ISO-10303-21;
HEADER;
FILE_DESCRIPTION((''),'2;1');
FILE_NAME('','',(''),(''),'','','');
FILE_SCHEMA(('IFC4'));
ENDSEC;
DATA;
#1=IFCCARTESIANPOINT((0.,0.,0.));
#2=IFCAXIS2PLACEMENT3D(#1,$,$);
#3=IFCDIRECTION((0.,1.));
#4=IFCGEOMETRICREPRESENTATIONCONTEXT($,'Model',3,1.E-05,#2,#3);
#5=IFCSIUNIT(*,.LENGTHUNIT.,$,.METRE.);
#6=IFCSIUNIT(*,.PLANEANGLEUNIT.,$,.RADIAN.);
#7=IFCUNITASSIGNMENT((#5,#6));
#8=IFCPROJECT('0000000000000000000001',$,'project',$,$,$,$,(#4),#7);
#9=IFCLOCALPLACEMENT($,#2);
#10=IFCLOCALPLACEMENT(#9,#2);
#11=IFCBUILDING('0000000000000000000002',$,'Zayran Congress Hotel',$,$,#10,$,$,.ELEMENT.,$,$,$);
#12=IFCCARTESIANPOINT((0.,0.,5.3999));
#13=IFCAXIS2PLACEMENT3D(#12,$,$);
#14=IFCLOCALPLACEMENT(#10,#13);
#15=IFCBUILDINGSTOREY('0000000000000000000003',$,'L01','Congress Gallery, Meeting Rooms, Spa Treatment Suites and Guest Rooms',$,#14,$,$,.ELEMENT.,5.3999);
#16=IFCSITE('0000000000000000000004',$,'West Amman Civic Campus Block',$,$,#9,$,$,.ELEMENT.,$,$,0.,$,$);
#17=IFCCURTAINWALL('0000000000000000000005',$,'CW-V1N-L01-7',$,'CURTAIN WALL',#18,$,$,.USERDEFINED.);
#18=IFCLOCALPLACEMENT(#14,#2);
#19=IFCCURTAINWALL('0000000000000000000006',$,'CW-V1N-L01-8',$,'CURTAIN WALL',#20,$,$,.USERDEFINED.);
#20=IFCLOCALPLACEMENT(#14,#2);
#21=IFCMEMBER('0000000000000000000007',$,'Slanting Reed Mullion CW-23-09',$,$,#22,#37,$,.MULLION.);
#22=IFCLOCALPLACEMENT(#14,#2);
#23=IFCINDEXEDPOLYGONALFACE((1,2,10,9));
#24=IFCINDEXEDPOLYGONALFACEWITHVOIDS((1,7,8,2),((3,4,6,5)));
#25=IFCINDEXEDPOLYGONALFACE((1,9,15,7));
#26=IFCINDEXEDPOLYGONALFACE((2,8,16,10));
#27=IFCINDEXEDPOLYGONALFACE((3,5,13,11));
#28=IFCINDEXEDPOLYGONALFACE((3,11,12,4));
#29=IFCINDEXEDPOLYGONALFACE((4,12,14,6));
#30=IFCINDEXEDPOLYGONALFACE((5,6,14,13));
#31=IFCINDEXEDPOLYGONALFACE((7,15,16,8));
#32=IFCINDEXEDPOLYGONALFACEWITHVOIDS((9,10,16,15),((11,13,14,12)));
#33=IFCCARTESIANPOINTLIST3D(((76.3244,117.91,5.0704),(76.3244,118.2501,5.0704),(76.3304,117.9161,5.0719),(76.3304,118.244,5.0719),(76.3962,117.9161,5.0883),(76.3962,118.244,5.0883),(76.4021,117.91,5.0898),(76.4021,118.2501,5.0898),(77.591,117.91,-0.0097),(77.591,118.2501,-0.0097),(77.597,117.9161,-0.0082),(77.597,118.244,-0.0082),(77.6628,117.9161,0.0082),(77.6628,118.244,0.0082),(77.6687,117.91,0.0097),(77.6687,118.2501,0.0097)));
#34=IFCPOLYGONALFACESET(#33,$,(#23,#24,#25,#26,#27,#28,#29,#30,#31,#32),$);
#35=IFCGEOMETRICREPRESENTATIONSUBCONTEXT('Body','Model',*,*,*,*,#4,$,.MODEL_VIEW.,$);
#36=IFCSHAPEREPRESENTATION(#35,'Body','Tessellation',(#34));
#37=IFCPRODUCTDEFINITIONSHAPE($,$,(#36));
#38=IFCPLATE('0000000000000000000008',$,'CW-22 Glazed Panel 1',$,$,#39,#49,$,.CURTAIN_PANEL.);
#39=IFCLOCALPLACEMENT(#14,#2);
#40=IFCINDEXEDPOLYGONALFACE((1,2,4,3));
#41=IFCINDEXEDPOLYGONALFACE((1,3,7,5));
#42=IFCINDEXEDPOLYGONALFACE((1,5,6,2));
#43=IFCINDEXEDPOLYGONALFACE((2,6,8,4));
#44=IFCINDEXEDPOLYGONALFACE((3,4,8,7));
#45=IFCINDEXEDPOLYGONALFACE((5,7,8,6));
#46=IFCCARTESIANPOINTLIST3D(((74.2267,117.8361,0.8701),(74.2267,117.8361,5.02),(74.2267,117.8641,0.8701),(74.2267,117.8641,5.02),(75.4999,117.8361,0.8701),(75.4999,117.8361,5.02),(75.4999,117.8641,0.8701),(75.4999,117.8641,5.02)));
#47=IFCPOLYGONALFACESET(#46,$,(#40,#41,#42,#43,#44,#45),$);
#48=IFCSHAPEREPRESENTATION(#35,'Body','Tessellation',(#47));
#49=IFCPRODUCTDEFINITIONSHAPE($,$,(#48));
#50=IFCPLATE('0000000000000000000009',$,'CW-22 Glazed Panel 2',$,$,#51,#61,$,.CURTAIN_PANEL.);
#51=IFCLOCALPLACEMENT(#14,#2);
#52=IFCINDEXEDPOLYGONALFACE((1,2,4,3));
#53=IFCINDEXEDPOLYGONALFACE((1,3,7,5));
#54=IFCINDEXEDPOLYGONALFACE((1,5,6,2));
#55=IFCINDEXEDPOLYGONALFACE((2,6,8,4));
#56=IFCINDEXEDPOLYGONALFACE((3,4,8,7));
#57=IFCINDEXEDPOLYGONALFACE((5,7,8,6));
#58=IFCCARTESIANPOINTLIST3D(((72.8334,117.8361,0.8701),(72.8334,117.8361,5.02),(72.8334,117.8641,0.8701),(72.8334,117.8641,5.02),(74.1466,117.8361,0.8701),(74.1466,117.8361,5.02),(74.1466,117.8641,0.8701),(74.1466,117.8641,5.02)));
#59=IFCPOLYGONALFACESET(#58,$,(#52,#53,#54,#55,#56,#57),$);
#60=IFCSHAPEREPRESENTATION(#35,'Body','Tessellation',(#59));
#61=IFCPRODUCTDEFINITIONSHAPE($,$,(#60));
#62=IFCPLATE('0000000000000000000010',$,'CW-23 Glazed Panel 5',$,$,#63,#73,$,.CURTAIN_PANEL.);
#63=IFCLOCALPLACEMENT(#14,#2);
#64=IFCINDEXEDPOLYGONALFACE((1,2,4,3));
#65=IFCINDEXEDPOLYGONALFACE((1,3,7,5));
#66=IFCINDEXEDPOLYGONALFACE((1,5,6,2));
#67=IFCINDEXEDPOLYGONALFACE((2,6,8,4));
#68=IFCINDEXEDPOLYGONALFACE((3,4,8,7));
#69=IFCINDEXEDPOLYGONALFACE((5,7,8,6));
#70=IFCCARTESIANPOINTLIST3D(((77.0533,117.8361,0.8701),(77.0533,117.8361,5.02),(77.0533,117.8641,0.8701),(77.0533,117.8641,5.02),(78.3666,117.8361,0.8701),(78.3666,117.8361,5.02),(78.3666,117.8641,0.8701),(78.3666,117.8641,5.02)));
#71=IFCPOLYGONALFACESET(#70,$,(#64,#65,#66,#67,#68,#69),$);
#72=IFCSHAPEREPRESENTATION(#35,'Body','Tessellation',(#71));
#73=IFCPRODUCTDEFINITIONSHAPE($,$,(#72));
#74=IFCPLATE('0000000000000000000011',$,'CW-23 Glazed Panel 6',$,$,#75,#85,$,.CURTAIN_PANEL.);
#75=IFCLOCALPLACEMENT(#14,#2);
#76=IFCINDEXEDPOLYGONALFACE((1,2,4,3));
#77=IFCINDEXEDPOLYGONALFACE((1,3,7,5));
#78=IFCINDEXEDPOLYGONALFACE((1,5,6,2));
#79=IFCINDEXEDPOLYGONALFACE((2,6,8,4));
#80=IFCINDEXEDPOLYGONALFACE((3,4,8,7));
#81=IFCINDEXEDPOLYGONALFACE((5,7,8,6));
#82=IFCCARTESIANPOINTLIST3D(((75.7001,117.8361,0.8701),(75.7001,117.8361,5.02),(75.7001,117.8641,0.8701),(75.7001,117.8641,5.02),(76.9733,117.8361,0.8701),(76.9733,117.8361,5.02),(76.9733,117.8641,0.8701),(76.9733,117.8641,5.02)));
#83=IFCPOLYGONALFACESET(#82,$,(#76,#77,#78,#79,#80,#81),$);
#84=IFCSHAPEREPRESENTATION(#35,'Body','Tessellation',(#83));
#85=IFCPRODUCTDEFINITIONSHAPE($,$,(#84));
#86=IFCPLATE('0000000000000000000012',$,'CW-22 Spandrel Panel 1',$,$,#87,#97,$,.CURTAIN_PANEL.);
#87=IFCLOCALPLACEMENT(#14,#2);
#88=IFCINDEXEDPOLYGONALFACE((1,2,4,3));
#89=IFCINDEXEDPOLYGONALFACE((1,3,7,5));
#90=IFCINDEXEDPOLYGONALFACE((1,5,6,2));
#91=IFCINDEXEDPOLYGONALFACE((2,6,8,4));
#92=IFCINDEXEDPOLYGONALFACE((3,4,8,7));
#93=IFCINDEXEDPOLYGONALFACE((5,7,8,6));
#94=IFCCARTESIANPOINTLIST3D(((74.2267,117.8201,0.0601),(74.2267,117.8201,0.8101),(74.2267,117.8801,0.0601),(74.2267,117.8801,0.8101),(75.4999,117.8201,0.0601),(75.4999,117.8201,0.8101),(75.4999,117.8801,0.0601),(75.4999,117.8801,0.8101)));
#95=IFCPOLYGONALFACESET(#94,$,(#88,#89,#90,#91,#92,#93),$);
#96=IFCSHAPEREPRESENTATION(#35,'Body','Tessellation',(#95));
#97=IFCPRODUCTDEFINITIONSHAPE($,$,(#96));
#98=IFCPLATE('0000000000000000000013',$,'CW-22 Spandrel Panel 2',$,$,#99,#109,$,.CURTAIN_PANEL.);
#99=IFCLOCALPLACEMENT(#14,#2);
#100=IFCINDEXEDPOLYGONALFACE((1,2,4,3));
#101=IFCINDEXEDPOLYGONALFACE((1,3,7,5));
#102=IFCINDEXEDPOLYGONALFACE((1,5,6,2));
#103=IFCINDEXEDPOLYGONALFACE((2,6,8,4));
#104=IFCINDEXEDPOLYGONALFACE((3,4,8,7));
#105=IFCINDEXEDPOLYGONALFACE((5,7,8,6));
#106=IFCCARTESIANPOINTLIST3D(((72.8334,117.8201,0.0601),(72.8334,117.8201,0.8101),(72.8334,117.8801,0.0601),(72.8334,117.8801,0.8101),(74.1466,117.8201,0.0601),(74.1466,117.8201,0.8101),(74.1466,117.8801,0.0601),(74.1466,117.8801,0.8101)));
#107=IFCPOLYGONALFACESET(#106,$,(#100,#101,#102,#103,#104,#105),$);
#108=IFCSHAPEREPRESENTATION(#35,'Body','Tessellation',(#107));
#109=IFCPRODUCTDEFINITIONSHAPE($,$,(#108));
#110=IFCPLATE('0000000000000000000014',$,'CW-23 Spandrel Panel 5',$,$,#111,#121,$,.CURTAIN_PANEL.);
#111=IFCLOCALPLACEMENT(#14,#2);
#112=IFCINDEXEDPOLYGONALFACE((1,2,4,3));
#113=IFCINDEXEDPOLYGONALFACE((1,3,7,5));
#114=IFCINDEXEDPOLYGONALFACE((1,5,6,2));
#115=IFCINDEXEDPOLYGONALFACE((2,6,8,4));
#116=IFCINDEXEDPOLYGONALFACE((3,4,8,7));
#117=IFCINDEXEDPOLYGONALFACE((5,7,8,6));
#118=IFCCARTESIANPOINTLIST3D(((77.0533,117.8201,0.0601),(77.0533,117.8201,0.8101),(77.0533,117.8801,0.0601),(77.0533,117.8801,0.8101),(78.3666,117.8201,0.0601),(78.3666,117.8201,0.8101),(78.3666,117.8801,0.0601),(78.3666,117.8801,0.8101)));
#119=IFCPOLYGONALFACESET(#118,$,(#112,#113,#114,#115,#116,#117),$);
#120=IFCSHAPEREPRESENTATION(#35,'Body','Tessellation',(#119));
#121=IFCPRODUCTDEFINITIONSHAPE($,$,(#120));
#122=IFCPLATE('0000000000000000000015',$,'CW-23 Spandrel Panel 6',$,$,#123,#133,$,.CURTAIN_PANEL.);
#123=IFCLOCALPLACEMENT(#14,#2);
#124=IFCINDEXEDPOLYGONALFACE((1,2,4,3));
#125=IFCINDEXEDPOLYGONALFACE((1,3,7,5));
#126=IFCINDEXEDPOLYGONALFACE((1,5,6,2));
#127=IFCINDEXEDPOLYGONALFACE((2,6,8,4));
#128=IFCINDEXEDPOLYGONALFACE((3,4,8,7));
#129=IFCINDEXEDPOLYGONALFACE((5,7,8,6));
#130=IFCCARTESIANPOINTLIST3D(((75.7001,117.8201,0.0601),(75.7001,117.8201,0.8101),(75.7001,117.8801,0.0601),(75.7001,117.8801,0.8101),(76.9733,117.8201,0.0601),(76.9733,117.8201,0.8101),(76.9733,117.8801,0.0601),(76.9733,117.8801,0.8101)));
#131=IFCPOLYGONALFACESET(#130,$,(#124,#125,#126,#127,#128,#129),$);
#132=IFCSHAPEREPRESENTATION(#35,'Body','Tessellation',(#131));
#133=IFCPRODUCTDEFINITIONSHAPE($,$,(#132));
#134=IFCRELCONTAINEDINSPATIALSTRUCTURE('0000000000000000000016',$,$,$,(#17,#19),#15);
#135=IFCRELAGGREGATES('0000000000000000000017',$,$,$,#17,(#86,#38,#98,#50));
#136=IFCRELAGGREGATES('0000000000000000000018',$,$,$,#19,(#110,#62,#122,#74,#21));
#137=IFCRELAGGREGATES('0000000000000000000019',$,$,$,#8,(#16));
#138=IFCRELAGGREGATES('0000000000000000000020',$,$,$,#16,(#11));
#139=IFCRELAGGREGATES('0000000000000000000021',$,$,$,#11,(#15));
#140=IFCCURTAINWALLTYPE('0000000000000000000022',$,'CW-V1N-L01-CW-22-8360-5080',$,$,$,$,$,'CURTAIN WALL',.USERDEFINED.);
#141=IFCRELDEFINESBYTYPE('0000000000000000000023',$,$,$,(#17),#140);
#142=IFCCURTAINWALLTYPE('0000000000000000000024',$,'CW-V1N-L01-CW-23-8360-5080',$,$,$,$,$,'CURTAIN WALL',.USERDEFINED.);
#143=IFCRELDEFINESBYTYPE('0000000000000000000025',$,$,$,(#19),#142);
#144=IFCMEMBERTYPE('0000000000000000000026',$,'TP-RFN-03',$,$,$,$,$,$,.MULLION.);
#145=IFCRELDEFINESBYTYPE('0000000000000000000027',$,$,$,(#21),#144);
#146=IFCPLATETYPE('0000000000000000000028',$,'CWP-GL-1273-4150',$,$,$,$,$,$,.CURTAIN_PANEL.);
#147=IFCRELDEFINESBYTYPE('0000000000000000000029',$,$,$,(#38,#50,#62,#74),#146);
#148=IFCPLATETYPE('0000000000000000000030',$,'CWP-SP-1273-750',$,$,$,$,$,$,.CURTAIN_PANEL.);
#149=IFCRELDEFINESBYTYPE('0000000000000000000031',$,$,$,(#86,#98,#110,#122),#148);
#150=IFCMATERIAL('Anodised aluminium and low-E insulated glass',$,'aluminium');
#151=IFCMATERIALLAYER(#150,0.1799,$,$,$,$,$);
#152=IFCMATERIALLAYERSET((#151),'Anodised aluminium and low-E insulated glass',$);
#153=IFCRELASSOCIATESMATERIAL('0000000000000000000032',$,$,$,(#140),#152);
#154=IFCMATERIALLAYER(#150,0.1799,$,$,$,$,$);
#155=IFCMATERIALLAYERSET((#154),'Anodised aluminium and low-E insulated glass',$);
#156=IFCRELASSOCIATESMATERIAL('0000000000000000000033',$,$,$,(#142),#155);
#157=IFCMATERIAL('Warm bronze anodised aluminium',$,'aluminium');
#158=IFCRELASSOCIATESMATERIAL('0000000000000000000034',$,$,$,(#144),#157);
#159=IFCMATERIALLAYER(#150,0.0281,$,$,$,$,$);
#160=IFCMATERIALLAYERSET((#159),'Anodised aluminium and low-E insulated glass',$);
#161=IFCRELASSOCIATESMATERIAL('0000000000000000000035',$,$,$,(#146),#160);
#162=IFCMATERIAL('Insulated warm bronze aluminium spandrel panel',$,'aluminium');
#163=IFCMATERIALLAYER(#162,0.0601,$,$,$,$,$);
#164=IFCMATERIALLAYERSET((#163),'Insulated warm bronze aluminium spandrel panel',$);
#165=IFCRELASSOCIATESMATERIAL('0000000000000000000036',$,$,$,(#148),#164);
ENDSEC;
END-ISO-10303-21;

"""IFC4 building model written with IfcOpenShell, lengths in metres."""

from ifc_helpers import new_model, si_unit, direction, frame, origin, origin_2d, place, context, subcontext, project, spatial, rectangle, hollow_rectangle, extrude, material, layer, layer_set, material_profile, profile_set, type_object, element, aggregate, save


model = new_model("IFC4")

# Units and contexts
model_context = context("Model", 3, precision=1e-05, world=origin(), true_north=direction((0.0, 1.0)))
body_context = subcontext(model_context, "Body", "Model", "MODEL_VIEW")
ifc_project = project(units=[si_unit("LENGTHUNIT", "METRE"), si_unit("PLANEANGLEUNIT", "RADIAN")], contexts=[model_context])

# Site, building, storey
site_placement = place(None, origin())
site = spatial("IfcSite", under=ifc_project, at=site_placement, Name="West Amman Civic Campus Block", CompositionType="ELEMENT", RefElevation=0.0)
building_placement = place(site_placement, origin())
building = spatial("IfcBuilding", under=site, at=building_placement, Name="Zayran Congress Hotel", CompositionType="ELEMENT")
storey_placement = place(building_placement, frame((0.0, 0.0, 5.3999)))
storey = spatial("IfcBuildingStorey", under=building, at=storey_placement, Name="L01", Description="Congress Gallery, Meeting Rooms, Spa Treatment Suites and Guest Rooms", CompositionType="ELEMENT", Elevation=5.3999)

# Curtain walls
ifc_material_1 = material(Name="Anodised aluminium and low-E insulated glass", Category="aluminium")
ifc_layer_1 = layer(ifc_material_1, 0.1799)
ifc_layer_set_1 = layer_set([ifc_layer_1], Name="Anodised aluminium and low-E insulated glass")
curtain_wall_type_1 = type_object("IfcCurtainWallType", Name="CW-V1N-L01-CW-22-8360-5080", ElementType="CURTAIN WALL", PredefinedType="USERDEFINED", material=ifc_layer_set_1)
curtain_wall_1_placement = place(storey_placement, origin())
curtain_wall_1 = element("IfcCurtainWall", 1, at=curtain_wall_1_placement, inside=storey, type_object=curtain_wall_type_1, Name="CW-V1N-L01-7", ObjectType="CURTAIN WALL", PredefinedType="USERDEFINED")
ifc_layer_2 = layer(ifc_material_1, 0.1799)
ifc_layer_set_2 = layer_set([ifc_layer_2], Name="Anodised aluminium and low-E insulated glass")
curtain_wall_type_2 = type_object("IfcCurtainWallType", Name="CW-V1N-L01-CW-23-8360-5080", ElementType="CURTAIN WALL", PredefinedType="USERDEFINED", material=ifc_layer_set_2)
curtain_wall_2_placement = place(storey_placement, origin())
curtain_wall_2 = element("IfcCurtainWall", 2, at=curtain_wall_2_placement, inside=storey, type_object=curtain_wall_type_2, Name="CW-V1N-L01-8", ObjectType="CURTAIN WALL", PredefinedType="USERDEFINED")

# Member
ifc_material_2 = material(Name="Warm bronze anodised aluminium", Category="aluminium")
ifc_material_profile_1 = material_profile(ifc_material_2, hollow_rectangle(XDim=0.0801, YDim=0.3401, WallThickness=0.0061, at=origin_2d()), Name="RHS 340x80x6")
ifc_profile_set_1 = profile_set([ifc_material_profile_1], Name="Warm bronze anodised aluminium")
member_type_1 = type_object("IfcMemberType", Name="TP-RFN-03", PredefinedType="MULLION", material=ifc_profile_set_1)
member_1_placement = place(storey_placement, frame((77.6299, 118.0801, 0.0), z_axis=(-0.241921, 0.0, 0.970296), x_axis=(0.970296, 0.0, 0.241921)))
member_1 = element("IfcMember", 3, at=member_1_placement, type_object=member_type_1, Name="Slanting Reed Mullion CW-23-09", PredefinedType="MULLION", context=body_context, shape_type="SweptSolid", body=[
    extrude(hollow_rectangle(XDim=0.0801, YDim=0.3401, WallThickness=0.0061, at=origin_2d()), origin(), (0.0, 0.0, 1.0), 5.2356),
])

# Plates
ifc_layer_3 = layer(ifc_material_1, 0.0281)
ifc_layer_set_3 = layer_set([ifc_layer_3], Name="Anodised aluminium and low-E insulated glass")
plate_type_1 = type_object("IfcPlateType", Name="CWP-GL-1273-4150", PredefinedType="CURTAIN_PANEL", material=ifc_layer_set_3)
plate_1_placement = place(storey_placement, frame((74.8633, 117.8501, 0.8701), z_axis=(0.0, 0.0, 1.0), x_axis=(1.0, 0.0, 0.0)))
plate_1 = element("IfcPlate", 4, at=plate_1_placement, type_object=plate_type_1, Name="CW-22 Glazed Panel 1", PredefinedType="CURTAIN_PANEL", context=body_context, shape_type="SweptSolid", body=[
    extrude(rectangle(XDim=1.2732, YDim=0.0281, at=origin_2d()), origin(), (0.0, 0.0, 1.0), 4.1499),
])
plate_2_placement = place(storey_placement, frame((73.49, 117.8501, 0.8701), z_axis=(0.0, 0.0, 1.0), x_axis=(1.0, 0.0, 0.0)))
plate_2 = element("IfcPlate", 5, at=plate_2_placement, type_object=plate_type_1, Name="CW-22 Glazed Panel 2", PredefinedType="CURTAIN_PANEL", context=body_context, shape_type="SweptSolid", body=[
    extrude(rectangle(XDim=1.3132, YDim=0.0281, at=origin_2d()), origin(), (0.0, 0.0, 1.0), 4.1499),
])
plate_3_placement = place(storey_placement, frame((77.71, 117.8501, 0.8701), z_axis=(0.0, 0.0, 1.0), x_axis=(1.0, 0.0, 0.0)))
plate_3 = element("IfcPlate", 6, at=plate_3_placement, type_object=plate_type_1, Name="CW-23 Glazed Panel 5", PredefinedType="CURTAIN_PANEL", context=body_context, shape_type="SweptSolid", body=[
    extrude(rectangle(XDim=1.3132, YDim=0.0281, at=origin_2d()), origin(), (0.0, 0.0, 1.0), 4.1499),
])
plate_4_placement = place(storey_placement, frame((76.3367, 117.8501, 0.8701), z_axis=(0.0, 0.0, 1.0), x_axis=(1.0, 0.0, 0.0)))
plate_4 = element("IfcPlate", 7, at=plate_4_placement, type_object=plate_type_1, Name="CW-23 Glazed Panel 6", PredefinedType="CURTAIN_PANEL", context=body_context, shape_type="SweptSolid", body=[
    extrude(rectangle(XDim=1.2732, YDim=0.0281, at=origin_2d()), origin(), (0.0, 0.0, 1.0), 4.1499),
])
ifc_material_3 = material(Name="Insulated warm bronze aluminium spandrel panel", Category="aluminium")
ifc_layer_4 = layer(ifc_material_3, 0.0601)
ifc_layer_set_4 = layer_set([ifc_layer_4], Name="Insulated warm bronze aluminium spandrel panel")
plate_type_2 = type_object("IfcPlateType", Name="CWP-SP-1273-750", PredefinedType="CURTAIN_PANEL", material=ifc_layer_set_4)
plate_5_placement = place(storey_placement, frame((74.8633, 117.8501, 0.0601), z_axis=(0.0, 0.0, 1.0), x_axis=(1.0, 0.0, 0.0)))
plate_5 = element("IfcPlate", 8, at=plate_5_placement, type_object=plate_type_2, Name="CW-22 Spandrel Panel 1", PredefinedType="CURTAIN_PANEL", context=body_context, shape_type="SweptSolid", body=[
    extrude(rectangle(XDim=1.2732, YDim=0.0601, at=origin_2d()), origin(), (0.0, 0.0, 1.0), 0.75),
])
plate_6_placement = place(storey_placement, frame((73.49, 117.8501, 0.0601), z_axis=(0.0, 0.0, 1.0), x_axis=(1.0, 0.0, 0.0)))
plate_6 = element("IfcPlate", 9, at=plate_6_placement, type_object=plate_type_2, Name="CW-22 Spandrel Panel 2", PredefinedType="CURTAIN_PANEL", context=body_context, shape_type="SweptSolid", body=[
    extrude(rectangle(XDim=1.3132, YDim=0.0601, at=origin_2d()), origin(), (0.0, 0.0, 1.0), 0.75),
])
aggregate(curtain_wall_1, [plate_5, plate_1, plate_6, plate_2])
plate_7_placement = place(storey_placement, frame((77.71, 117.8501, 0.0601), z_axis=(0.0, 0.0, 1.0), x_axis=(1.0, 0.0, 0.0)))
plate_7 = element("IfcPlate", 10, at=plate_7_placement, type_object=plate_type_2, Name="CW-23 Spandrel Panel 5", PredefinedType="CURTAIN_PANEL", context=body_context, shape_type="SweptSolid", body=[
    extrude(rectangle(XDim=1.3132, YDim=0.0601, at=origin_2d()), origin(), (0.0, 0.0, 1.0), 0.75),
])
plate_8_placement = place(storey_placement, frame((76.3367, 117.8501, 0.0601), z_axis=(0.0, 0.0, 1.0), x_axis=(1.0, 0.0, 0.0)))
plate_8 = element("IfcPlate", 11, at=plate_8_placement, type_object=plate_type_2, Name="CW-23 Spandrel Panel 6", PredefinedType="CURTAIN_PANEL", context=body_context, shape_type="SweptSolid", body=[
    extrude(rectangle(XDim=1.2732, YDim=0.0601, at=origin_2d()), origin(), (0.0, 0.0, 1.0), 0.75),
])
aggregate(curtain_wall_2, [plate_7, plate_3, plate_8, plate_4, member_1])

save(model, "model.ifc")
